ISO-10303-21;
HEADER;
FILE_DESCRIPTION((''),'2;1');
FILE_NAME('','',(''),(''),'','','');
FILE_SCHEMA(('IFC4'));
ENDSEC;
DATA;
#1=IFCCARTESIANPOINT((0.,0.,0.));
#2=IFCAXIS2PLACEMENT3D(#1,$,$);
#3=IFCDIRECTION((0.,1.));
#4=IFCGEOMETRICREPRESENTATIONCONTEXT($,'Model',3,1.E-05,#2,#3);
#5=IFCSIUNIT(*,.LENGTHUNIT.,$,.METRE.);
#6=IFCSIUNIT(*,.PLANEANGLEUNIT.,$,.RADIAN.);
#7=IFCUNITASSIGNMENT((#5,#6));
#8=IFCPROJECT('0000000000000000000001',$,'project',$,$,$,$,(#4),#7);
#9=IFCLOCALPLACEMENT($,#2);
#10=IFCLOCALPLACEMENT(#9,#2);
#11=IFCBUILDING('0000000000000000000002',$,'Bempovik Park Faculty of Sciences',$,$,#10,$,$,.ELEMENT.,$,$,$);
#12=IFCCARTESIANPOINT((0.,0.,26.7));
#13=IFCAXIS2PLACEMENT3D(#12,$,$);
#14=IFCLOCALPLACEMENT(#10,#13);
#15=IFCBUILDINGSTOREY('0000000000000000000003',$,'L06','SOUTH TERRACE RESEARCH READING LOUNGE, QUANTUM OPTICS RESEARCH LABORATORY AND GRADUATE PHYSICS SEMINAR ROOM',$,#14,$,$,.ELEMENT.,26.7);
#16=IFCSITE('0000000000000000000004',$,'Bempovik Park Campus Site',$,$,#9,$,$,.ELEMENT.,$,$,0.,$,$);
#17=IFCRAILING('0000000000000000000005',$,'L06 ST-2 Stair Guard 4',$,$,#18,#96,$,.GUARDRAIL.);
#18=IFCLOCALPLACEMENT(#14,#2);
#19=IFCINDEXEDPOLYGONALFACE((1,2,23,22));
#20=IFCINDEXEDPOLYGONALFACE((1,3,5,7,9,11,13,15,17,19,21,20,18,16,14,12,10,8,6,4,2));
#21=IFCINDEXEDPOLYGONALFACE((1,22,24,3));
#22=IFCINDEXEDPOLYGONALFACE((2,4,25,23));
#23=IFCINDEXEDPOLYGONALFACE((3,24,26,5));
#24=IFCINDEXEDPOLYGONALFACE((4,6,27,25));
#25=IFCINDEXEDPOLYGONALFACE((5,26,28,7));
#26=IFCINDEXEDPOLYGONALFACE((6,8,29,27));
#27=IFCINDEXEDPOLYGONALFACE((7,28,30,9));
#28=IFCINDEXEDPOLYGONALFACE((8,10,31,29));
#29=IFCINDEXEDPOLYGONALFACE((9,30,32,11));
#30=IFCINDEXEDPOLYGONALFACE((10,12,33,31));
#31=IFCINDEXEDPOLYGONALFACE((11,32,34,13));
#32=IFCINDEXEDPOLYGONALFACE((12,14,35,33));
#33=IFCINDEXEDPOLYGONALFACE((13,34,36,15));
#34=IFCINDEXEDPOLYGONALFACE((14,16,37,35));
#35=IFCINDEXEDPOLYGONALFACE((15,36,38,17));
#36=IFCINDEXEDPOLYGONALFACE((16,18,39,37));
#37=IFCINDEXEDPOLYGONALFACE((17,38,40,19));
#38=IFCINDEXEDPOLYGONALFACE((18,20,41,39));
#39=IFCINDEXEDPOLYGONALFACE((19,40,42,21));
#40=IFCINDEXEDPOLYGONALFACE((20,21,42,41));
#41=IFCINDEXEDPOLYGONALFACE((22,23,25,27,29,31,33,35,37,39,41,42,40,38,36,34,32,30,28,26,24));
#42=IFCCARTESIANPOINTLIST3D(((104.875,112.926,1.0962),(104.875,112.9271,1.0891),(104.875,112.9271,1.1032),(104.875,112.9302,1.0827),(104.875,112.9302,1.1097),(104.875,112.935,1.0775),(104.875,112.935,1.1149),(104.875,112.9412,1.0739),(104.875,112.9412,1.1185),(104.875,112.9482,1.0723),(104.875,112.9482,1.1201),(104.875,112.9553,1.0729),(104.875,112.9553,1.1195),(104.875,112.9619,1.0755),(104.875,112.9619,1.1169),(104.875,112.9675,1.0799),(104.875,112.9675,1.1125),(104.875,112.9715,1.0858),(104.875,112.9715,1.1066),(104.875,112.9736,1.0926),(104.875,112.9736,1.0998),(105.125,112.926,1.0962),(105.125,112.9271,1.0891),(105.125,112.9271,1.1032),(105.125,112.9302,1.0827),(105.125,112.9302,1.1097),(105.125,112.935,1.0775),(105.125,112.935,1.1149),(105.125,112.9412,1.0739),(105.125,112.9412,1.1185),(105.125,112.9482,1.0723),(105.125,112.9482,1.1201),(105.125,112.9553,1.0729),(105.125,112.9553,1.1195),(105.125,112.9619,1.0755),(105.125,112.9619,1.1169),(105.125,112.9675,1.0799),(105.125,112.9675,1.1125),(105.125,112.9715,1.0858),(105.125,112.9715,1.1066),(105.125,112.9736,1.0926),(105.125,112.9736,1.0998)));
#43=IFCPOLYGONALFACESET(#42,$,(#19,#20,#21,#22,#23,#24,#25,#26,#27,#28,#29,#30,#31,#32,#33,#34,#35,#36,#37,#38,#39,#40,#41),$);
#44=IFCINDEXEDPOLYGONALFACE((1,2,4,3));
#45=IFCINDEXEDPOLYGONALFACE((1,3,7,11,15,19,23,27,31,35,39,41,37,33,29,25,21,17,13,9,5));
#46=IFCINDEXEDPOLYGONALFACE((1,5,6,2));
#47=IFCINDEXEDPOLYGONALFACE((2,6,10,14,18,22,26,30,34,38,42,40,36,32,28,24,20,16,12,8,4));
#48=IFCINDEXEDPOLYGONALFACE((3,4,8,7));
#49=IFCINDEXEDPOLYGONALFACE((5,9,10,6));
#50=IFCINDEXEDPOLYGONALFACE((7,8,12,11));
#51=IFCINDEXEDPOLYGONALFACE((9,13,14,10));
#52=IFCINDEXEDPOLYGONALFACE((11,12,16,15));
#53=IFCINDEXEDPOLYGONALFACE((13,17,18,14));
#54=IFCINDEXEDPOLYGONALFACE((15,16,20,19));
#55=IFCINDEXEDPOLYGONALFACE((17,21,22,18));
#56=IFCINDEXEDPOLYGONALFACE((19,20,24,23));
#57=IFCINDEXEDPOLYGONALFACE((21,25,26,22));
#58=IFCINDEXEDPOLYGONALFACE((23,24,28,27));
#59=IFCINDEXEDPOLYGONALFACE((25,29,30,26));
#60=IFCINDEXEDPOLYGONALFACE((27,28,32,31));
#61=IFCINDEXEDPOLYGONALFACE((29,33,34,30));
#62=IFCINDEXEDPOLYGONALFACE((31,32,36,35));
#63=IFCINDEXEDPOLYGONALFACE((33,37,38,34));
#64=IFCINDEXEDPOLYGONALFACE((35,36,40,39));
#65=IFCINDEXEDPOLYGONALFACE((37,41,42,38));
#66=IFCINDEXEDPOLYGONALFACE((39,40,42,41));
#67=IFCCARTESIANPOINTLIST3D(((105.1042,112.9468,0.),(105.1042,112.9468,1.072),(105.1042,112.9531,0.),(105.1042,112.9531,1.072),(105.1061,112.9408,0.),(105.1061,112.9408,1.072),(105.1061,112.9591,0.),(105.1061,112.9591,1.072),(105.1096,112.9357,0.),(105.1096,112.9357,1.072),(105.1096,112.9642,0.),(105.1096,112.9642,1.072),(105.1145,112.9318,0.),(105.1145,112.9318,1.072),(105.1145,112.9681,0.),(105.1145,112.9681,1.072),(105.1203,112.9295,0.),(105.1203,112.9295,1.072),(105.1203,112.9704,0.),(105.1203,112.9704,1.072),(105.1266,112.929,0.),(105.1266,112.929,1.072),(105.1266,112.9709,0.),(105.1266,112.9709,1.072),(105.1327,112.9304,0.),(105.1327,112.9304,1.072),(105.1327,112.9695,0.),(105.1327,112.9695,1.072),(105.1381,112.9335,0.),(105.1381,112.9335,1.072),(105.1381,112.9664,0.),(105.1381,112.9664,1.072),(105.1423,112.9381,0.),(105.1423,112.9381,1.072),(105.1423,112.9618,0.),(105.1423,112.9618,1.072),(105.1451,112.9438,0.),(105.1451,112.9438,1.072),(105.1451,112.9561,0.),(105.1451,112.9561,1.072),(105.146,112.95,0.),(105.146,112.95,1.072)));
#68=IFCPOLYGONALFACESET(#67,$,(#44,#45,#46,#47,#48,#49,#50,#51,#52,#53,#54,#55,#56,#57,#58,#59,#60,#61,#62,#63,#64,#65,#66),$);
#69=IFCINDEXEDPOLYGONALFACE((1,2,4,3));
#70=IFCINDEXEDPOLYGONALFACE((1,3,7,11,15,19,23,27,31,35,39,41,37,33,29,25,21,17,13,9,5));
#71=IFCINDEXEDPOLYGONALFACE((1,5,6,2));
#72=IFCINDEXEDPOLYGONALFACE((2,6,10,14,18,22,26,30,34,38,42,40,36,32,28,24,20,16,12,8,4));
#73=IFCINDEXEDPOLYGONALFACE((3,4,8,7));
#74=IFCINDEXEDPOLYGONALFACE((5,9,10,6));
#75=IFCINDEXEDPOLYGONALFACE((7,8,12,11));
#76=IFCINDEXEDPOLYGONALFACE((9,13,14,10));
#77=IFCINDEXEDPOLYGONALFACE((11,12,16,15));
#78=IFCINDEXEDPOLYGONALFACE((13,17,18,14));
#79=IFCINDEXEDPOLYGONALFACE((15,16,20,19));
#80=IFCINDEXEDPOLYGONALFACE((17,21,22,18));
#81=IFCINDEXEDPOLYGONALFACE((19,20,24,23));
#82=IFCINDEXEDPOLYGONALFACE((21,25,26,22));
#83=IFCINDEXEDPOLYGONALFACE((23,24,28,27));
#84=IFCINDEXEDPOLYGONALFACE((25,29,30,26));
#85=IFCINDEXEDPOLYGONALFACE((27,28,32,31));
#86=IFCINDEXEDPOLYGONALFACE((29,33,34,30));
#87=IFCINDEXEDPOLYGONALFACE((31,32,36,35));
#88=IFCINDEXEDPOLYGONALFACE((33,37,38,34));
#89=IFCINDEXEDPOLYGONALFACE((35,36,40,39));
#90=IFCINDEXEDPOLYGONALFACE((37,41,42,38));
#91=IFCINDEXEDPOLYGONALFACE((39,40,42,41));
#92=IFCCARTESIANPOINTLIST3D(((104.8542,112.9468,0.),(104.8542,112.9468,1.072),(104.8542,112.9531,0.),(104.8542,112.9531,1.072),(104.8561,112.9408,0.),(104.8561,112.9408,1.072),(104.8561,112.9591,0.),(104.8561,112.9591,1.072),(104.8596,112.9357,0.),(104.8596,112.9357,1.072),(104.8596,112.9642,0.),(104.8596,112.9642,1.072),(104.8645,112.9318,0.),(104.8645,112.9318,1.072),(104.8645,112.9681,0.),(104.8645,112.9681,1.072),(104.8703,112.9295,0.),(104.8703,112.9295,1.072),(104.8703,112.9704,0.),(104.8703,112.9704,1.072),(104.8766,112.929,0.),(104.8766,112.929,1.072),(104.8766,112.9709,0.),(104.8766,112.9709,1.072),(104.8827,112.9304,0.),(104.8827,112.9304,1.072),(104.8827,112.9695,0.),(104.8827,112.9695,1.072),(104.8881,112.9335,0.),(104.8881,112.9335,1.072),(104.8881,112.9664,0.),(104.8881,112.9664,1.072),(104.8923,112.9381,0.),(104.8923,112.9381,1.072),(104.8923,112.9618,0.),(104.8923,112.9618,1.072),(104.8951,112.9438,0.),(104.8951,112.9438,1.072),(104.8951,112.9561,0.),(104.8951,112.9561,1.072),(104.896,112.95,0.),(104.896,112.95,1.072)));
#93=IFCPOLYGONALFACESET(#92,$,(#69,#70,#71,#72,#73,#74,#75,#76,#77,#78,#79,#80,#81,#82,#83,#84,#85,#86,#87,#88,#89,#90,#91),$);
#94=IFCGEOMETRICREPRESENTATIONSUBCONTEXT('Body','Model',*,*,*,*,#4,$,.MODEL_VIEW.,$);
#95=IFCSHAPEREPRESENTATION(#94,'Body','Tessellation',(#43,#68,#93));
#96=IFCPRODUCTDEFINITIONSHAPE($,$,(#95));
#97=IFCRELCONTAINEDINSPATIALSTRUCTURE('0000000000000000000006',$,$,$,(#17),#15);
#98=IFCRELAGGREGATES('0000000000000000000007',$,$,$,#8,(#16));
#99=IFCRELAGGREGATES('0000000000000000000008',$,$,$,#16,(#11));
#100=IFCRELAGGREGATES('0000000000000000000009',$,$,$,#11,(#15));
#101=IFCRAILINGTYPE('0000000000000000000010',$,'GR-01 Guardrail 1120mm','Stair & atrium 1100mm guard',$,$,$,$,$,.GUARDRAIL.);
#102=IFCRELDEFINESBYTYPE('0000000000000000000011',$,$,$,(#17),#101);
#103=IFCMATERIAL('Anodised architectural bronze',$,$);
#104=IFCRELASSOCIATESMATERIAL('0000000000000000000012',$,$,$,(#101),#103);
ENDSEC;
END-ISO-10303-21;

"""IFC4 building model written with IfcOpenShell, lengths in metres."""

from ifc_helpers import new_model, si_unit, direction, frame, origin, origin_2d, place, context, subcontext, project, spatial, circle, extrude, material, type_object, element, save


model = new_model("IFC4")

# Units and contexts
model_context = context("Model", 3, precision=1e-05, world=origin(), true_north=direction((0.0, 1.0)))
body_context = subcontext(model_context, "Body", "Model", "MODEL_VIEW")
ifc_project = project(units=[si_unit("LENGTHUNIT", "METRE"), si_unit("PLANEANGLEUNIT", "RADIAN")], contexts=[model_context])

# Site, building, storey
site_placement = place(None, origin())
site = spatial("IfcSite", under=ifc_project, at=site_placement, Name="Bempovik Park Campus Site", CompositionType="ELEMENT", RefElevation=0.0)
building_placement = place(site_placement, origin())
building = spatial("IfcBuilding", under=site, at=building_placement, Name="Bempovik Park Faculty of Sciences", CompositionType="ELEMENT")
storey_placement = place(building_placement, frame((0.0, 0.0, 26.7)))
storey = spatial("IfcBuildingStorey", under=building, at=storey_placement, Name="L06", Description="SOUTH TERRACE RESEARCH READING LOUNGE, QUANTUM OPTICS RESEARCH LABORATORY AND GRADUATE PHYSICS SEMINAR ROOM", CompositionType="ELEMENT", Elevation=26.7)

# Railing
ifc_material_1 = material(Name="Anodised architectural bronze")
railing_type_1 = type_object("IfcRailingType", Name="GR-01 Guardrail 1120mm", Description="Stair & atrium 1100mm guard", PredefinedType="GUARDRAIL", material=ifc_material_1)
railing_1_placement = place(storey_placement, frame((105.125, 112.95, 0.0)))
element("IfcRailing", 1, at=railing_1_placement, inside=storey, type_object=railing_type_1, Name="L06 ST-2 Stair Guard 4", PredefinedType="GUARDRAIL", context=body_context, shape_type="SweptSolid", body=[
    extrude(circle(Radius=0.0239, at=origin_2d()), frame((0.0, 0.0, 1.0962), z_axis=(-1.0, 0.0, 0.0), x_axis=(0.0, -1.0, 0.0)), (0.0, 0.0, 1.0), 0.25),
    extrude(circle(Radius=0.021, at=origin_2d()), origin(), (0.0, 0.0, 1.0), 1.072),
    extrude(circle(Radius=0.021, at=origin_2d()), frame((-0.25, 0.0, 0.0)), (0.0, 0.0, 1.0), 1.072),
])

save(model, "model.ifc")
